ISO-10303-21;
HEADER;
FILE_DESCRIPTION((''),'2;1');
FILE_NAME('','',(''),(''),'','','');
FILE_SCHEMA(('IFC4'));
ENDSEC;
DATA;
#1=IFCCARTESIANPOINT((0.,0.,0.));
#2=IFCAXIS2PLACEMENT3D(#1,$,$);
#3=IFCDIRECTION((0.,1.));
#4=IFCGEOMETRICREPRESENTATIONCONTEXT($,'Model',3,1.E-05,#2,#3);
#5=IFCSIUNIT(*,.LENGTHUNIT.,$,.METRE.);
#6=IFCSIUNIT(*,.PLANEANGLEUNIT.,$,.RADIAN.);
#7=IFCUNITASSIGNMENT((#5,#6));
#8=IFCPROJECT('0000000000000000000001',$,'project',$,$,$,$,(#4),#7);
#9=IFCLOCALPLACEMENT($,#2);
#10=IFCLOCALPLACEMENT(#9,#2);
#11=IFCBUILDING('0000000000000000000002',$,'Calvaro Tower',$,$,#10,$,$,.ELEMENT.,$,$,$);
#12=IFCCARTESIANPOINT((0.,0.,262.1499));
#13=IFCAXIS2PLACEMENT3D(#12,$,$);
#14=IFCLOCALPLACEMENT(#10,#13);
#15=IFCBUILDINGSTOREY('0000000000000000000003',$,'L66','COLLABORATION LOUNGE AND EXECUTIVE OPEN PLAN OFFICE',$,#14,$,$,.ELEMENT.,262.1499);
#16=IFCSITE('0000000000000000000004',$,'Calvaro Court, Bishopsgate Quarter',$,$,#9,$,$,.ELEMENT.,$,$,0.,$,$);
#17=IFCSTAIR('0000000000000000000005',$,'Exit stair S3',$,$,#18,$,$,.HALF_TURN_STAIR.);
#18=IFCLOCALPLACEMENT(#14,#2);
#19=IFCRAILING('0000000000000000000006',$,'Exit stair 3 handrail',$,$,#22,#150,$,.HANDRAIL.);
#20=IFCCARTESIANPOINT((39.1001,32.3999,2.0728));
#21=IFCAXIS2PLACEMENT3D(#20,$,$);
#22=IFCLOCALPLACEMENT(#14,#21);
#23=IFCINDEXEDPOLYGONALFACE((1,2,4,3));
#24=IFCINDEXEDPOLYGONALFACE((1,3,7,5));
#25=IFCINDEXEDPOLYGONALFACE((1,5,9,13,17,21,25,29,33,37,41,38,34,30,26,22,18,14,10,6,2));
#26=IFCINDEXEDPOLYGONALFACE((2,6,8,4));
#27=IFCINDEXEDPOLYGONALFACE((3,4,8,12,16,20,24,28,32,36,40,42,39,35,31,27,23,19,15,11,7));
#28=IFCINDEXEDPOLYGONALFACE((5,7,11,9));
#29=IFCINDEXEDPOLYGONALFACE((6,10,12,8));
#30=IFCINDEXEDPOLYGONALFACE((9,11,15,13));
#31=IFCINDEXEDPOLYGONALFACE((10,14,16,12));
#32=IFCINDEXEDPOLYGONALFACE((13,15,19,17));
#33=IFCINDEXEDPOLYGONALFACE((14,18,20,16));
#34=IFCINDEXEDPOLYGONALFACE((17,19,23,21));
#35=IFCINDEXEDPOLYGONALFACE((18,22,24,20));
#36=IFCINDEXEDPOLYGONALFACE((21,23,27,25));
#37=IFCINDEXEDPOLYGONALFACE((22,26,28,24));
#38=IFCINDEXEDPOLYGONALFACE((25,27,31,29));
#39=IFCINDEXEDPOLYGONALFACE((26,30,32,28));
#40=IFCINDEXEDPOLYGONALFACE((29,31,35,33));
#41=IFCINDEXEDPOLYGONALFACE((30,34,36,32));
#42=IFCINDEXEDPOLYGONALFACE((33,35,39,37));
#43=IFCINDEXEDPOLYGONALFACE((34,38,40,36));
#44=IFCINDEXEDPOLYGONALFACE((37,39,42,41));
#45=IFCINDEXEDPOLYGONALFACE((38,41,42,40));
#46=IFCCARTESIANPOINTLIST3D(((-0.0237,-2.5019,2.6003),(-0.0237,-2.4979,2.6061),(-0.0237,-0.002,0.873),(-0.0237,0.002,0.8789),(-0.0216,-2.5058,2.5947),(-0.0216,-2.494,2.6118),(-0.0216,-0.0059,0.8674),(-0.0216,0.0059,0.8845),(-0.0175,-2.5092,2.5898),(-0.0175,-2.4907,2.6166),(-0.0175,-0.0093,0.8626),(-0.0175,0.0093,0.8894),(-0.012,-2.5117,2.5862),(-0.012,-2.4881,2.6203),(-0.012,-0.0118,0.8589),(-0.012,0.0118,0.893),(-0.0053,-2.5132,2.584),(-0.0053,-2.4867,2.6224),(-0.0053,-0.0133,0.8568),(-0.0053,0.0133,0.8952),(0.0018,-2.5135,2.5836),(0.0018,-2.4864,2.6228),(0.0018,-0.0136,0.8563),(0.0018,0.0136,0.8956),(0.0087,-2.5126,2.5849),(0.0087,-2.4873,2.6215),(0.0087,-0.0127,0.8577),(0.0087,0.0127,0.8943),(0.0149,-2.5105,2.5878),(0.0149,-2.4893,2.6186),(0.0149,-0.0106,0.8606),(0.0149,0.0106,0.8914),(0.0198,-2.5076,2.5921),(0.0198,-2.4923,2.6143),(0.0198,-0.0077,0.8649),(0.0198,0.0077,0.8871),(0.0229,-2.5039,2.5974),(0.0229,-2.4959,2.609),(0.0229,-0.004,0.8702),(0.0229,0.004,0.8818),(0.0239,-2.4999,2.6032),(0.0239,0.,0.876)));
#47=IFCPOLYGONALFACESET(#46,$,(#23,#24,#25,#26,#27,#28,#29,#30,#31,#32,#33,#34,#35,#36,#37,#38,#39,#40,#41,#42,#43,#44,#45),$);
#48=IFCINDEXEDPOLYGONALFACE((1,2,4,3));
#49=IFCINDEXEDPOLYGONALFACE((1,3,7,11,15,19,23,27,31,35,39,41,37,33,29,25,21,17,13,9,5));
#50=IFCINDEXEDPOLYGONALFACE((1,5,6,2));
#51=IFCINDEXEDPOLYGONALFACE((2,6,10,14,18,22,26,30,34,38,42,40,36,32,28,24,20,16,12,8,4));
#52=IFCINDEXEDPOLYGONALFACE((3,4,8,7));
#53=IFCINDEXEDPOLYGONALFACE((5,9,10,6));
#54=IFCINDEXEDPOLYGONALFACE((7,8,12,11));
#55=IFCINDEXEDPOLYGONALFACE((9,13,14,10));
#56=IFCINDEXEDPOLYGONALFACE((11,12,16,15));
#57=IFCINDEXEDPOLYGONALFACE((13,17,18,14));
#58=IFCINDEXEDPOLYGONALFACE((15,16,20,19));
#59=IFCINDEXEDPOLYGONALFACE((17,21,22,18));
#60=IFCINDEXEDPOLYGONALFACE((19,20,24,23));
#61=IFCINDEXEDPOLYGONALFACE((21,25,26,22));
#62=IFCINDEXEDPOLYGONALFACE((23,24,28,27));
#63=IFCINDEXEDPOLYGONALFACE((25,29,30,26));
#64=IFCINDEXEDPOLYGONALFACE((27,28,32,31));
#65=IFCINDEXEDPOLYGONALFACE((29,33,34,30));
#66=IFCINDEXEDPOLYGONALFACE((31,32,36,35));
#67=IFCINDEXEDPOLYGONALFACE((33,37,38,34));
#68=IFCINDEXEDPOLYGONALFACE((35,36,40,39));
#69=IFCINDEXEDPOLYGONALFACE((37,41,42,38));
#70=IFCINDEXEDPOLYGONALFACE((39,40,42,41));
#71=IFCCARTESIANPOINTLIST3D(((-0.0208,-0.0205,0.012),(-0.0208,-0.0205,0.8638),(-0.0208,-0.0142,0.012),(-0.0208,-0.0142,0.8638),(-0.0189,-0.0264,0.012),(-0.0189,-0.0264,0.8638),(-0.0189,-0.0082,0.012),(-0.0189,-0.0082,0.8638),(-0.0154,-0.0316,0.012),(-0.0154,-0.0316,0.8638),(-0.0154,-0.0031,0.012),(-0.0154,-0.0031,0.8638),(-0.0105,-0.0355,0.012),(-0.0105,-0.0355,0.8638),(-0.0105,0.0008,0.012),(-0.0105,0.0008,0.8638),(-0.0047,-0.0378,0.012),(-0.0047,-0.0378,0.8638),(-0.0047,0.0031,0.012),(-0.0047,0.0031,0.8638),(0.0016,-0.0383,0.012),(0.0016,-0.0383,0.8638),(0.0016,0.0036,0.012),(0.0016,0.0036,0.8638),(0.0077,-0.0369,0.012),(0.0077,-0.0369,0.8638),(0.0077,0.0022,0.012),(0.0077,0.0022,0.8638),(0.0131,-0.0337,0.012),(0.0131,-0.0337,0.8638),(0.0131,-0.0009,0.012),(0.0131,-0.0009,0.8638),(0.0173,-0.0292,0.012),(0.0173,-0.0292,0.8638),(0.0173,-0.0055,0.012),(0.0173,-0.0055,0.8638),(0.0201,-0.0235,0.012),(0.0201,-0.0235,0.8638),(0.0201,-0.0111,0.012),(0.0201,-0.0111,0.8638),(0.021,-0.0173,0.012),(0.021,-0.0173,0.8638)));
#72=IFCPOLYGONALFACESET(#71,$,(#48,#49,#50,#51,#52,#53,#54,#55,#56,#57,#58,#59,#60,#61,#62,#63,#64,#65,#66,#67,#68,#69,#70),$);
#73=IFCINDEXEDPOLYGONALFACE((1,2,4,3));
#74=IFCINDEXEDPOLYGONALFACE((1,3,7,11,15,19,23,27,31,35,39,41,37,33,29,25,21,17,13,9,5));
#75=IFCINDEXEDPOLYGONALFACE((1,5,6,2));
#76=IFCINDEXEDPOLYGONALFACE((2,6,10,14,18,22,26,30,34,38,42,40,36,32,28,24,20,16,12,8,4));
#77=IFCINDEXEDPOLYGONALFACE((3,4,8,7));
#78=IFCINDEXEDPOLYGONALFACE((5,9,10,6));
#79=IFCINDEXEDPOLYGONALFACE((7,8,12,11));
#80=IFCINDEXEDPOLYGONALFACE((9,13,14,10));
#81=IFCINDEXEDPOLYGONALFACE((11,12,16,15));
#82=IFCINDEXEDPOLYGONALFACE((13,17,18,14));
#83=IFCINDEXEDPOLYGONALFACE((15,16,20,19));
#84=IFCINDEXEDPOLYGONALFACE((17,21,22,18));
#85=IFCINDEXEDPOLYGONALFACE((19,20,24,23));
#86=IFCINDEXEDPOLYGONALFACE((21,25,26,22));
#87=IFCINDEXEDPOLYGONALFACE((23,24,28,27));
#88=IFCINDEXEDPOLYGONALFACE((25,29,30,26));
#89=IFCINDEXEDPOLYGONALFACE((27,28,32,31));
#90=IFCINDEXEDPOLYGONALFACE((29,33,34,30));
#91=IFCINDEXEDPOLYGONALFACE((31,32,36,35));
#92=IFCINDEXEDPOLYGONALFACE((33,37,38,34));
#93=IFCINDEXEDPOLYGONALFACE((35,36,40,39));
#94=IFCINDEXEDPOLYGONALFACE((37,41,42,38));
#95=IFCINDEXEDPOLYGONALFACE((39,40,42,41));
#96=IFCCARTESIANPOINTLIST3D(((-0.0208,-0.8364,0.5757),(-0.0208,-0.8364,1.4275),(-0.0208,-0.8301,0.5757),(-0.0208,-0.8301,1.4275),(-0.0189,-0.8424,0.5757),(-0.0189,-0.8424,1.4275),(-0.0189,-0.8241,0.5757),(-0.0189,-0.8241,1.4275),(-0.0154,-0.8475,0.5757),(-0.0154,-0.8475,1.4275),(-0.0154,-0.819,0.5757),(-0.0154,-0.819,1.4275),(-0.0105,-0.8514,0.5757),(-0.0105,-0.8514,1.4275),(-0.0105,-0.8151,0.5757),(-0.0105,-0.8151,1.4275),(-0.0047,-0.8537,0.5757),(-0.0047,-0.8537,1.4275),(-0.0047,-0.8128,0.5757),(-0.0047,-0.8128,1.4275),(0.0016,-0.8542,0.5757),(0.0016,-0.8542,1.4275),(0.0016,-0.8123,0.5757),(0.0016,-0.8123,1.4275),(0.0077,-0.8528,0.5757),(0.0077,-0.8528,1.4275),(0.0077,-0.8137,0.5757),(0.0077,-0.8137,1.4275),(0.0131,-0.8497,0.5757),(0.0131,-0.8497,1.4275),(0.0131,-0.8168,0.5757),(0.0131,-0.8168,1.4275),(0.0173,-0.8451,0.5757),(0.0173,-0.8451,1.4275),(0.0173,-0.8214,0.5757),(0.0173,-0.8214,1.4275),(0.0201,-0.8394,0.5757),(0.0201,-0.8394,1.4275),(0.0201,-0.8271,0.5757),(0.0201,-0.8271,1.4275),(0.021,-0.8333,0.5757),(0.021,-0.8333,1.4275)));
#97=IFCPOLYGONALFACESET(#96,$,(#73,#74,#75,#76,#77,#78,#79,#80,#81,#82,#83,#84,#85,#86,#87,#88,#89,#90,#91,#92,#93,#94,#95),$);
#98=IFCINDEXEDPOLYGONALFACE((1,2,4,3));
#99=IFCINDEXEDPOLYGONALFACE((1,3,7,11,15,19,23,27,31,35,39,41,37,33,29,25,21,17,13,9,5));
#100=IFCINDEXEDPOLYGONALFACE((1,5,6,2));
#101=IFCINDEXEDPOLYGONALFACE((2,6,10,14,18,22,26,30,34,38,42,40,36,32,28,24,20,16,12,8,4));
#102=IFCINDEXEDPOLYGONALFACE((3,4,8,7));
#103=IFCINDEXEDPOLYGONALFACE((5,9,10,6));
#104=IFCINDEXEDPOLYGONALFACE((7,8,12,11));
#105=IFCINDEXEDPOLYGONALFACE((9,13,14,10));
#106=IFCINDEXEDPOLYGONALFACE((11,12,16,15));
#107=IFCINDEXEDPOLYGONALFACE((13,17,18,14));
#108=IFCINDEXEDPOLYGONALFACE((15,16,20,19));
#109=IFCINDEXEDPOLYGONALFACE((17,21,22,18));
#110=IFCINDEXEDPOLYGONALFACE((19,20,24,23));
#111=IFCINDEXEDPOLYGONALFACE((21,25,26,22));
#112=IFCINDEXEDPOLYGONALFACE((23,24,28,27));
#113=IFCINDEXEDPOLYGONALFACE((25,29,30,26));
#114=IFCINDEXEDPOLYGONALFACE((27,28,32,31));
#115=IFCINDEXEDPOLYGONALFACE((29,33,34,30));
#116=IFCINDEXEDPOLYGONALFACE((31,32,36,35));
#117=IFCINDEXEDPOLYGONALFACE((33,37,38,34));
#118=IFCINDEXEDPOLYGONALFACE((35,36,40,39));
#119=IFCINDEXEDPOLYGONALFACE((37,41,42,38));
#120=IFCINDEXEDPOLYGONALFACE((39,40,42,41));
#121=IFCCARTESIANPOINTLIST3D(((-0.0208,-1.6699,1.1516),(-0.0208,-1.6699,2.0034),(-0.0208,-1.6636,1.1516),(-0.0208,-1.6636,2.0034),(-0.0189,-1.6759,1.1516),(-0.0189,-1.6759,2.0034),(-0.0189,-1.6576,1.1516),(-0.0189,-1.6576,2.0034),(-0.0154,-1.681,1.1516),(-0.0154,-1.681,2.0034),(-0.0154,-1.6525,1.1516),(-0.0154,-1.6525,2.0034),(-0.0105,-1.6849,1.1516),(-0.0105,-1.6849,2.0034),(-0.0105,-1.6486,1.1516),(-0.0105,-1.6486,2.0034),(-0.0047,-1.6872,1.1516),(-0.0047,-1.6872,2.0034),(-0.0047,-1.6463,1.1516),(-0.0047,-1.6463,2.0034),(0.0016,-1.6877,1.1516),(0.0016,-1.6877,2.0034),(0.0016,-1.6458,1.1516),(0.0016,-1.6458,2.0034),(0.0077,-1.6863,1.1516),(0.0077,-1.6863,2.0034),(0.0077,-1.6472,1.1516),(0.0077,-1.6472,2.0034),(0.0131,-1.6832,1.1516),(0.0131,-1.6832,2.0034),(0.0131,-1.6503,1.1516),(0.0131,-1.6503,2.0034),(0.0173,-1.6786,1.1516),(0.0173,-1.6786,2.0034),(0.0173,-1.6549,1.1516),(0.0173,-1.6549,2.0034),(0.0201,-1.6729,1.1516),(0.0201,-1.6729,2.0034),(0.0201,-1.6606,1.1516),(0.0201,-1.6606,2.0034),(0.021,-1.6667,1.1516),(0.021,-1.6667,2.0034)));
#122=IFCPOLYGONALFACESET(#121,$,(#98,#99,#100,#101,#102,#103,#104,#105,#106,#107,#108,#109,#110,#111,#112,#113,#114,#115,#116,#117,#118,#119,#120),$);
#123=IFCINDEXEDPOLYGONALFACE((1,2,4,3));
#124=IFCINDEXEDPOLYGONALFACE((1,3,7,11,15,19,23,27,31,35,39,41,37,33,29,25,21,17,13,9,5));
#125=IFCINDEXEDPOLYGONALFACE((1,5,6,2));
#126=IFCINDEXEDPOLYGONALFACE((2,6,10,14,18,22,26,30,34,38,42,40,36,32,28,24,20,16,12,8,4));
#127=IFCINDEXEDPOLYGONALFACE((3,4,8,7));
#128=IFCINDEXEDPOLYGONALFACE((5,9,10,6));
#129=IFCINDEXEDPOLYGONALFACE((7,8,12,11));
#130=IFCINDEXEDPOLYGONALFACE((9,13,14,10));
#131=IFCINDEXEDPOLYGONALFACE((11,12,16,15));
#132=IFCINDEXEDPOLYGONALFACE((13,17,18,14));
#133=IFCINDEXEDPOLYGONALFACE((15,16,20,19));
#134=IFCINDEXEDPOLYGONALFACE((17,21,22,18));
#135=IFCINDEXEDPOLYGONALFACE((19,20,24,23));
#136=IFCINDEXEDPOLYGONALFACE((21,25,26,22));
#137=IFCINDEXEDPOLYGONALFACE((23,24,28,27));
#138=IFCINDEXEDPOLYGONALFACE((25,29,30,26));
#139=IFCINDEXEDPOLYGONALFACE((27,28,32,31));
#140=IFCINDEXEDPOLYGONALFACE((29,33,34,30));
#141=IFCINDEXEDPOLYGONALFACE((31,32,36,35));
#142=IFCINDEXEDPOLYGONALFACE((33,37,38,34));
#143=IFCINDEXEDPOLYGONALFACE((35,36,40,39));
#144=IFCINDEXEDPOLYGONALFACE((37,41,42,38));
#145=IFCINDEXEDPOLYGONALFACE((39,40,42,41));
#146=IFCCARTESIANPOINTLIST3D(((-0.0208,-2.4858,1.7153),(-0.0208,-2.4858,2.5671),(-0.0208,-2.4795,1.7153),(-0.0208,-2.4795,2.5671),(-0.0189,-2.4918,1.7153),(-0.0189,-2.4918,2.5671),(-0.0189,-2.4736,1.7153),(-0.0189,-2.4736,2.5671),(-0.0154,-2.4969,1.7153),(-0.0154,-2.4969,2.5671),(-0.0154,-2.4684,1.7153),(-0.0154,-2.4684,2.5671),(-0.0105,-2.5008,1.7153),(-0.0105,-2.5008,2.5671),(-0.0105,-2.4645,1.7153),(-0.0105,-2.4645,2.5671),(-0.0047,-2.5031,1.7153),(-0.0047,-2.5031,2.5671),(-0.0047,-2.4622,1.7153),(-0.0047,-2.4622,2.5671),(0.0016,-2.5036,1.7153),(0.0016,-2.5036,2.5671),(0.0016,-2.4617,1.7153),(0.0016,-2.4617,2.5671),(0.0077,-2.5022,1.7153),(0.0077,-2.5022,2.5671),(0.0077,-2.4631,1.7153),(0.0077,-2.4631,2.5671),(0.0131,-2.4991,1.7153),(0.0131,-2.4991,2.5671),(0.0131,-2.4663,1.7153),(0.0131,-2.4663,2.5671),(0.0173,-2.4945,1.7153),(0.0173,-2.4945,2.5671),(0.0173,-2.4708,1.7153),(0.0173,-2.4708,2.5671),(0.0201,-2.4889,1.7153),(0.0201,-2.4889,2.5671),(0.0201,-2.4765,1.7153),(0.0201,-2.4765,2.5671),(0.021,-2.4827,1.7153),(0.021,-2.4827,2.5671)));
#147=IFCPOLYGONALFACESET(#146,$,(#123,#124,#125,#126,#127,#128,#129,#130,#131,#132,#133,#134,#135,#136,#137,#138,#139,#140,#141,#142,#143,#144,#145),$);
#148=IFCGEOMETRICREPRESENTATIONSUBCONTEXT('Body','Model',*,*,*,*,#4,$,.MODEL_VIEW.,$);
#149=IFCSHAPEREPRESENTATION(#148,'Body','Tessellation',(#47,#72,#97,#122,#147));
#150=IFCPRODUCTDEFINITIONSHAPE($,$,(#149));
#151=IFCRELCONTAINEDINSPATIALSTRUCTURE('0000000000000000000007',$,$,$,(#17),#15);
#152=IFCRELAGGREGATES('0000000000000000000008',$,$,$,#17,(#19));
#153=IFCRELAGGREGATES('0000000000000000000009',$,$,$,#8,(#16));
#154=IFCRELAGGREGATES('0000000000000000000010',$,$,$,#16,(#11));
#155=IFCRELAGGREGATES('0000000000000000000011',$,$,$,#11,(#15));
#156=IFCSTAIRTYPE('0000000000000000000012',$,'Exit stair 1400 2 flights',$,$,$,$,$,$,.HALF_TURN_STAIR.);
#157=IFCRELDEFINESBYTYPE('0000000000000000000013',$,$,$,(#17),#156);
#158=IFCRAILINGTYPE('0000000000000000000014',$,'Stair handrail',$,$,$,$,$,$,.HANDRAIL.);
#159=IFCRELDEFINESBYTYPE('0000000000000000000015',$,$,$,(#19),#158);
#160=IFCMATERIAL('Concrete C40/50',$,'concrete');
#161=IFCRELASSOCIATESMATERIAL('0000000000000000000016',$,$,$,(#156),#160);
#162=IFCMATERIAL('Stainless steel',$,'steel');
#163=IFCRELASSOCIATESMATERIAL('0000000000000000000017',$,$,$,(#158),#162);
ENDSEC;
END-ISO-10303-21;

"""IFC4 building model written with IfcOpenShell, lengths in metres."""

from ifc_helpers import new_model, si_unit, direction, frame, origin, origin_2d, place, context, subcontext, project, spatial, circle, extrude, material, type_object, element, aggregate, save


model = new_model("IFC4")

# Units and contexts
model_context = context("Model", 3, precision=1e-05, world=origin(), true_north=direction((0.0, 1.0)))
body_context = subcontext(model_context, "Body", "Model", "MODEL_VIEW")
ifc_project = project(units=[si_unit("LENGTHUNIT", "METRE"), si_unit("PLANEANGLEUNIT", "RADIAN")], contexts=[model_context])

# Site, building, storey
site_placement = place(None, origin())
site = spatial("IfcSite", under=ifc_project, at=site_placement, Name="Calvaro Court, Bishopsgate Quarter", CompositionType="ELEMENT", RefElevation=0.0)
building_placement = place(site_placement, origin())
building = spatial("IfcBuilding", under=site, at=building_placement, Name="Calvaro Tower", CompositionType="ELEMENT")
storey_placement = place(building_placement, frame((0.0, 0.0, 262.1499)))
storey = spatial("IfcBuildingStorey", under=building, at=storey_placement, Name="L66", Description="COLLABORATION LOUNGE AND EXECUTIVE OPEN PLAN OFFICE", CompositionType="ELEMENT", Elevation=262.1499)

# Stair
ifc_material_1 = material(Name="Concrete C40/50", Category="concrete")
stair_type = type_object("IfcStairType", Name="Exit stair 1400 2 flights", PredefinedType="HALF_TURN_STAIR", material=ifc_material_1)
stair_1_placement = place(storey_placement, origin())
stair_1 = element("IfcStair", 1, at=stair_1_placement, inside=storey, type_object=stair_type, Name="Exit stair S3", PredefinedType="HALF_TURN_STAIR")

# Railing
ifc_material_2 = material(Name="Stainless steel", Category="steel")
railing_type = type_object("IfcRailingType", Name="Stair handrail", PredefinedType="HANDRAIL", material=ifc_material_2)
railing_1_placement = place(storey_placement, frame((39.1001, 32.3999, 2.0728)))
railing_1 = element("IfcRailing", 2, at=railing_1_placement, type_object=railing_type, Name="Exit stair 3 handrail", PredefinedType="HANDRAIL", context=body_context, shape_type="SweptSolid", body=[
    extrude(circle(Radius=0.0239, at=origin_2d()), frame((0.0, 0.0, 0.876), z_axis=(0.0, -0.822727, 0.568437), x_axis=(1.0, 0.0, 0.0)), (0.0, 0.0, 1.0), 3.0386),
    extrude(circle(Radius=0.021, at=origin_2d()), frame((0.0, -0.0173, 0.012)), (0.0, 0.0, 1.0), 0.8518),
    extrude(circle(Radius=0.021, at=origin_2d()), frame((0.0, -0.8333, 0.5757)), (0.0, 0.0, 1.0), 0.8518),
    extrude(circle(Radius=0.021, at=origin_2d()), frame((0.0, -1.6667, 1.1516)), (0.0, 0.0, 1.0), 0.8518),
    extrude(circle(Radius=0.021, at=origin_2d()), frame((0.0, -2.4827, 1.7153)), (0.0, 0.0, 1.0), 0.8518),
])
aggregate(stair_1, [railing_1])

save(model, "model.ifc")
